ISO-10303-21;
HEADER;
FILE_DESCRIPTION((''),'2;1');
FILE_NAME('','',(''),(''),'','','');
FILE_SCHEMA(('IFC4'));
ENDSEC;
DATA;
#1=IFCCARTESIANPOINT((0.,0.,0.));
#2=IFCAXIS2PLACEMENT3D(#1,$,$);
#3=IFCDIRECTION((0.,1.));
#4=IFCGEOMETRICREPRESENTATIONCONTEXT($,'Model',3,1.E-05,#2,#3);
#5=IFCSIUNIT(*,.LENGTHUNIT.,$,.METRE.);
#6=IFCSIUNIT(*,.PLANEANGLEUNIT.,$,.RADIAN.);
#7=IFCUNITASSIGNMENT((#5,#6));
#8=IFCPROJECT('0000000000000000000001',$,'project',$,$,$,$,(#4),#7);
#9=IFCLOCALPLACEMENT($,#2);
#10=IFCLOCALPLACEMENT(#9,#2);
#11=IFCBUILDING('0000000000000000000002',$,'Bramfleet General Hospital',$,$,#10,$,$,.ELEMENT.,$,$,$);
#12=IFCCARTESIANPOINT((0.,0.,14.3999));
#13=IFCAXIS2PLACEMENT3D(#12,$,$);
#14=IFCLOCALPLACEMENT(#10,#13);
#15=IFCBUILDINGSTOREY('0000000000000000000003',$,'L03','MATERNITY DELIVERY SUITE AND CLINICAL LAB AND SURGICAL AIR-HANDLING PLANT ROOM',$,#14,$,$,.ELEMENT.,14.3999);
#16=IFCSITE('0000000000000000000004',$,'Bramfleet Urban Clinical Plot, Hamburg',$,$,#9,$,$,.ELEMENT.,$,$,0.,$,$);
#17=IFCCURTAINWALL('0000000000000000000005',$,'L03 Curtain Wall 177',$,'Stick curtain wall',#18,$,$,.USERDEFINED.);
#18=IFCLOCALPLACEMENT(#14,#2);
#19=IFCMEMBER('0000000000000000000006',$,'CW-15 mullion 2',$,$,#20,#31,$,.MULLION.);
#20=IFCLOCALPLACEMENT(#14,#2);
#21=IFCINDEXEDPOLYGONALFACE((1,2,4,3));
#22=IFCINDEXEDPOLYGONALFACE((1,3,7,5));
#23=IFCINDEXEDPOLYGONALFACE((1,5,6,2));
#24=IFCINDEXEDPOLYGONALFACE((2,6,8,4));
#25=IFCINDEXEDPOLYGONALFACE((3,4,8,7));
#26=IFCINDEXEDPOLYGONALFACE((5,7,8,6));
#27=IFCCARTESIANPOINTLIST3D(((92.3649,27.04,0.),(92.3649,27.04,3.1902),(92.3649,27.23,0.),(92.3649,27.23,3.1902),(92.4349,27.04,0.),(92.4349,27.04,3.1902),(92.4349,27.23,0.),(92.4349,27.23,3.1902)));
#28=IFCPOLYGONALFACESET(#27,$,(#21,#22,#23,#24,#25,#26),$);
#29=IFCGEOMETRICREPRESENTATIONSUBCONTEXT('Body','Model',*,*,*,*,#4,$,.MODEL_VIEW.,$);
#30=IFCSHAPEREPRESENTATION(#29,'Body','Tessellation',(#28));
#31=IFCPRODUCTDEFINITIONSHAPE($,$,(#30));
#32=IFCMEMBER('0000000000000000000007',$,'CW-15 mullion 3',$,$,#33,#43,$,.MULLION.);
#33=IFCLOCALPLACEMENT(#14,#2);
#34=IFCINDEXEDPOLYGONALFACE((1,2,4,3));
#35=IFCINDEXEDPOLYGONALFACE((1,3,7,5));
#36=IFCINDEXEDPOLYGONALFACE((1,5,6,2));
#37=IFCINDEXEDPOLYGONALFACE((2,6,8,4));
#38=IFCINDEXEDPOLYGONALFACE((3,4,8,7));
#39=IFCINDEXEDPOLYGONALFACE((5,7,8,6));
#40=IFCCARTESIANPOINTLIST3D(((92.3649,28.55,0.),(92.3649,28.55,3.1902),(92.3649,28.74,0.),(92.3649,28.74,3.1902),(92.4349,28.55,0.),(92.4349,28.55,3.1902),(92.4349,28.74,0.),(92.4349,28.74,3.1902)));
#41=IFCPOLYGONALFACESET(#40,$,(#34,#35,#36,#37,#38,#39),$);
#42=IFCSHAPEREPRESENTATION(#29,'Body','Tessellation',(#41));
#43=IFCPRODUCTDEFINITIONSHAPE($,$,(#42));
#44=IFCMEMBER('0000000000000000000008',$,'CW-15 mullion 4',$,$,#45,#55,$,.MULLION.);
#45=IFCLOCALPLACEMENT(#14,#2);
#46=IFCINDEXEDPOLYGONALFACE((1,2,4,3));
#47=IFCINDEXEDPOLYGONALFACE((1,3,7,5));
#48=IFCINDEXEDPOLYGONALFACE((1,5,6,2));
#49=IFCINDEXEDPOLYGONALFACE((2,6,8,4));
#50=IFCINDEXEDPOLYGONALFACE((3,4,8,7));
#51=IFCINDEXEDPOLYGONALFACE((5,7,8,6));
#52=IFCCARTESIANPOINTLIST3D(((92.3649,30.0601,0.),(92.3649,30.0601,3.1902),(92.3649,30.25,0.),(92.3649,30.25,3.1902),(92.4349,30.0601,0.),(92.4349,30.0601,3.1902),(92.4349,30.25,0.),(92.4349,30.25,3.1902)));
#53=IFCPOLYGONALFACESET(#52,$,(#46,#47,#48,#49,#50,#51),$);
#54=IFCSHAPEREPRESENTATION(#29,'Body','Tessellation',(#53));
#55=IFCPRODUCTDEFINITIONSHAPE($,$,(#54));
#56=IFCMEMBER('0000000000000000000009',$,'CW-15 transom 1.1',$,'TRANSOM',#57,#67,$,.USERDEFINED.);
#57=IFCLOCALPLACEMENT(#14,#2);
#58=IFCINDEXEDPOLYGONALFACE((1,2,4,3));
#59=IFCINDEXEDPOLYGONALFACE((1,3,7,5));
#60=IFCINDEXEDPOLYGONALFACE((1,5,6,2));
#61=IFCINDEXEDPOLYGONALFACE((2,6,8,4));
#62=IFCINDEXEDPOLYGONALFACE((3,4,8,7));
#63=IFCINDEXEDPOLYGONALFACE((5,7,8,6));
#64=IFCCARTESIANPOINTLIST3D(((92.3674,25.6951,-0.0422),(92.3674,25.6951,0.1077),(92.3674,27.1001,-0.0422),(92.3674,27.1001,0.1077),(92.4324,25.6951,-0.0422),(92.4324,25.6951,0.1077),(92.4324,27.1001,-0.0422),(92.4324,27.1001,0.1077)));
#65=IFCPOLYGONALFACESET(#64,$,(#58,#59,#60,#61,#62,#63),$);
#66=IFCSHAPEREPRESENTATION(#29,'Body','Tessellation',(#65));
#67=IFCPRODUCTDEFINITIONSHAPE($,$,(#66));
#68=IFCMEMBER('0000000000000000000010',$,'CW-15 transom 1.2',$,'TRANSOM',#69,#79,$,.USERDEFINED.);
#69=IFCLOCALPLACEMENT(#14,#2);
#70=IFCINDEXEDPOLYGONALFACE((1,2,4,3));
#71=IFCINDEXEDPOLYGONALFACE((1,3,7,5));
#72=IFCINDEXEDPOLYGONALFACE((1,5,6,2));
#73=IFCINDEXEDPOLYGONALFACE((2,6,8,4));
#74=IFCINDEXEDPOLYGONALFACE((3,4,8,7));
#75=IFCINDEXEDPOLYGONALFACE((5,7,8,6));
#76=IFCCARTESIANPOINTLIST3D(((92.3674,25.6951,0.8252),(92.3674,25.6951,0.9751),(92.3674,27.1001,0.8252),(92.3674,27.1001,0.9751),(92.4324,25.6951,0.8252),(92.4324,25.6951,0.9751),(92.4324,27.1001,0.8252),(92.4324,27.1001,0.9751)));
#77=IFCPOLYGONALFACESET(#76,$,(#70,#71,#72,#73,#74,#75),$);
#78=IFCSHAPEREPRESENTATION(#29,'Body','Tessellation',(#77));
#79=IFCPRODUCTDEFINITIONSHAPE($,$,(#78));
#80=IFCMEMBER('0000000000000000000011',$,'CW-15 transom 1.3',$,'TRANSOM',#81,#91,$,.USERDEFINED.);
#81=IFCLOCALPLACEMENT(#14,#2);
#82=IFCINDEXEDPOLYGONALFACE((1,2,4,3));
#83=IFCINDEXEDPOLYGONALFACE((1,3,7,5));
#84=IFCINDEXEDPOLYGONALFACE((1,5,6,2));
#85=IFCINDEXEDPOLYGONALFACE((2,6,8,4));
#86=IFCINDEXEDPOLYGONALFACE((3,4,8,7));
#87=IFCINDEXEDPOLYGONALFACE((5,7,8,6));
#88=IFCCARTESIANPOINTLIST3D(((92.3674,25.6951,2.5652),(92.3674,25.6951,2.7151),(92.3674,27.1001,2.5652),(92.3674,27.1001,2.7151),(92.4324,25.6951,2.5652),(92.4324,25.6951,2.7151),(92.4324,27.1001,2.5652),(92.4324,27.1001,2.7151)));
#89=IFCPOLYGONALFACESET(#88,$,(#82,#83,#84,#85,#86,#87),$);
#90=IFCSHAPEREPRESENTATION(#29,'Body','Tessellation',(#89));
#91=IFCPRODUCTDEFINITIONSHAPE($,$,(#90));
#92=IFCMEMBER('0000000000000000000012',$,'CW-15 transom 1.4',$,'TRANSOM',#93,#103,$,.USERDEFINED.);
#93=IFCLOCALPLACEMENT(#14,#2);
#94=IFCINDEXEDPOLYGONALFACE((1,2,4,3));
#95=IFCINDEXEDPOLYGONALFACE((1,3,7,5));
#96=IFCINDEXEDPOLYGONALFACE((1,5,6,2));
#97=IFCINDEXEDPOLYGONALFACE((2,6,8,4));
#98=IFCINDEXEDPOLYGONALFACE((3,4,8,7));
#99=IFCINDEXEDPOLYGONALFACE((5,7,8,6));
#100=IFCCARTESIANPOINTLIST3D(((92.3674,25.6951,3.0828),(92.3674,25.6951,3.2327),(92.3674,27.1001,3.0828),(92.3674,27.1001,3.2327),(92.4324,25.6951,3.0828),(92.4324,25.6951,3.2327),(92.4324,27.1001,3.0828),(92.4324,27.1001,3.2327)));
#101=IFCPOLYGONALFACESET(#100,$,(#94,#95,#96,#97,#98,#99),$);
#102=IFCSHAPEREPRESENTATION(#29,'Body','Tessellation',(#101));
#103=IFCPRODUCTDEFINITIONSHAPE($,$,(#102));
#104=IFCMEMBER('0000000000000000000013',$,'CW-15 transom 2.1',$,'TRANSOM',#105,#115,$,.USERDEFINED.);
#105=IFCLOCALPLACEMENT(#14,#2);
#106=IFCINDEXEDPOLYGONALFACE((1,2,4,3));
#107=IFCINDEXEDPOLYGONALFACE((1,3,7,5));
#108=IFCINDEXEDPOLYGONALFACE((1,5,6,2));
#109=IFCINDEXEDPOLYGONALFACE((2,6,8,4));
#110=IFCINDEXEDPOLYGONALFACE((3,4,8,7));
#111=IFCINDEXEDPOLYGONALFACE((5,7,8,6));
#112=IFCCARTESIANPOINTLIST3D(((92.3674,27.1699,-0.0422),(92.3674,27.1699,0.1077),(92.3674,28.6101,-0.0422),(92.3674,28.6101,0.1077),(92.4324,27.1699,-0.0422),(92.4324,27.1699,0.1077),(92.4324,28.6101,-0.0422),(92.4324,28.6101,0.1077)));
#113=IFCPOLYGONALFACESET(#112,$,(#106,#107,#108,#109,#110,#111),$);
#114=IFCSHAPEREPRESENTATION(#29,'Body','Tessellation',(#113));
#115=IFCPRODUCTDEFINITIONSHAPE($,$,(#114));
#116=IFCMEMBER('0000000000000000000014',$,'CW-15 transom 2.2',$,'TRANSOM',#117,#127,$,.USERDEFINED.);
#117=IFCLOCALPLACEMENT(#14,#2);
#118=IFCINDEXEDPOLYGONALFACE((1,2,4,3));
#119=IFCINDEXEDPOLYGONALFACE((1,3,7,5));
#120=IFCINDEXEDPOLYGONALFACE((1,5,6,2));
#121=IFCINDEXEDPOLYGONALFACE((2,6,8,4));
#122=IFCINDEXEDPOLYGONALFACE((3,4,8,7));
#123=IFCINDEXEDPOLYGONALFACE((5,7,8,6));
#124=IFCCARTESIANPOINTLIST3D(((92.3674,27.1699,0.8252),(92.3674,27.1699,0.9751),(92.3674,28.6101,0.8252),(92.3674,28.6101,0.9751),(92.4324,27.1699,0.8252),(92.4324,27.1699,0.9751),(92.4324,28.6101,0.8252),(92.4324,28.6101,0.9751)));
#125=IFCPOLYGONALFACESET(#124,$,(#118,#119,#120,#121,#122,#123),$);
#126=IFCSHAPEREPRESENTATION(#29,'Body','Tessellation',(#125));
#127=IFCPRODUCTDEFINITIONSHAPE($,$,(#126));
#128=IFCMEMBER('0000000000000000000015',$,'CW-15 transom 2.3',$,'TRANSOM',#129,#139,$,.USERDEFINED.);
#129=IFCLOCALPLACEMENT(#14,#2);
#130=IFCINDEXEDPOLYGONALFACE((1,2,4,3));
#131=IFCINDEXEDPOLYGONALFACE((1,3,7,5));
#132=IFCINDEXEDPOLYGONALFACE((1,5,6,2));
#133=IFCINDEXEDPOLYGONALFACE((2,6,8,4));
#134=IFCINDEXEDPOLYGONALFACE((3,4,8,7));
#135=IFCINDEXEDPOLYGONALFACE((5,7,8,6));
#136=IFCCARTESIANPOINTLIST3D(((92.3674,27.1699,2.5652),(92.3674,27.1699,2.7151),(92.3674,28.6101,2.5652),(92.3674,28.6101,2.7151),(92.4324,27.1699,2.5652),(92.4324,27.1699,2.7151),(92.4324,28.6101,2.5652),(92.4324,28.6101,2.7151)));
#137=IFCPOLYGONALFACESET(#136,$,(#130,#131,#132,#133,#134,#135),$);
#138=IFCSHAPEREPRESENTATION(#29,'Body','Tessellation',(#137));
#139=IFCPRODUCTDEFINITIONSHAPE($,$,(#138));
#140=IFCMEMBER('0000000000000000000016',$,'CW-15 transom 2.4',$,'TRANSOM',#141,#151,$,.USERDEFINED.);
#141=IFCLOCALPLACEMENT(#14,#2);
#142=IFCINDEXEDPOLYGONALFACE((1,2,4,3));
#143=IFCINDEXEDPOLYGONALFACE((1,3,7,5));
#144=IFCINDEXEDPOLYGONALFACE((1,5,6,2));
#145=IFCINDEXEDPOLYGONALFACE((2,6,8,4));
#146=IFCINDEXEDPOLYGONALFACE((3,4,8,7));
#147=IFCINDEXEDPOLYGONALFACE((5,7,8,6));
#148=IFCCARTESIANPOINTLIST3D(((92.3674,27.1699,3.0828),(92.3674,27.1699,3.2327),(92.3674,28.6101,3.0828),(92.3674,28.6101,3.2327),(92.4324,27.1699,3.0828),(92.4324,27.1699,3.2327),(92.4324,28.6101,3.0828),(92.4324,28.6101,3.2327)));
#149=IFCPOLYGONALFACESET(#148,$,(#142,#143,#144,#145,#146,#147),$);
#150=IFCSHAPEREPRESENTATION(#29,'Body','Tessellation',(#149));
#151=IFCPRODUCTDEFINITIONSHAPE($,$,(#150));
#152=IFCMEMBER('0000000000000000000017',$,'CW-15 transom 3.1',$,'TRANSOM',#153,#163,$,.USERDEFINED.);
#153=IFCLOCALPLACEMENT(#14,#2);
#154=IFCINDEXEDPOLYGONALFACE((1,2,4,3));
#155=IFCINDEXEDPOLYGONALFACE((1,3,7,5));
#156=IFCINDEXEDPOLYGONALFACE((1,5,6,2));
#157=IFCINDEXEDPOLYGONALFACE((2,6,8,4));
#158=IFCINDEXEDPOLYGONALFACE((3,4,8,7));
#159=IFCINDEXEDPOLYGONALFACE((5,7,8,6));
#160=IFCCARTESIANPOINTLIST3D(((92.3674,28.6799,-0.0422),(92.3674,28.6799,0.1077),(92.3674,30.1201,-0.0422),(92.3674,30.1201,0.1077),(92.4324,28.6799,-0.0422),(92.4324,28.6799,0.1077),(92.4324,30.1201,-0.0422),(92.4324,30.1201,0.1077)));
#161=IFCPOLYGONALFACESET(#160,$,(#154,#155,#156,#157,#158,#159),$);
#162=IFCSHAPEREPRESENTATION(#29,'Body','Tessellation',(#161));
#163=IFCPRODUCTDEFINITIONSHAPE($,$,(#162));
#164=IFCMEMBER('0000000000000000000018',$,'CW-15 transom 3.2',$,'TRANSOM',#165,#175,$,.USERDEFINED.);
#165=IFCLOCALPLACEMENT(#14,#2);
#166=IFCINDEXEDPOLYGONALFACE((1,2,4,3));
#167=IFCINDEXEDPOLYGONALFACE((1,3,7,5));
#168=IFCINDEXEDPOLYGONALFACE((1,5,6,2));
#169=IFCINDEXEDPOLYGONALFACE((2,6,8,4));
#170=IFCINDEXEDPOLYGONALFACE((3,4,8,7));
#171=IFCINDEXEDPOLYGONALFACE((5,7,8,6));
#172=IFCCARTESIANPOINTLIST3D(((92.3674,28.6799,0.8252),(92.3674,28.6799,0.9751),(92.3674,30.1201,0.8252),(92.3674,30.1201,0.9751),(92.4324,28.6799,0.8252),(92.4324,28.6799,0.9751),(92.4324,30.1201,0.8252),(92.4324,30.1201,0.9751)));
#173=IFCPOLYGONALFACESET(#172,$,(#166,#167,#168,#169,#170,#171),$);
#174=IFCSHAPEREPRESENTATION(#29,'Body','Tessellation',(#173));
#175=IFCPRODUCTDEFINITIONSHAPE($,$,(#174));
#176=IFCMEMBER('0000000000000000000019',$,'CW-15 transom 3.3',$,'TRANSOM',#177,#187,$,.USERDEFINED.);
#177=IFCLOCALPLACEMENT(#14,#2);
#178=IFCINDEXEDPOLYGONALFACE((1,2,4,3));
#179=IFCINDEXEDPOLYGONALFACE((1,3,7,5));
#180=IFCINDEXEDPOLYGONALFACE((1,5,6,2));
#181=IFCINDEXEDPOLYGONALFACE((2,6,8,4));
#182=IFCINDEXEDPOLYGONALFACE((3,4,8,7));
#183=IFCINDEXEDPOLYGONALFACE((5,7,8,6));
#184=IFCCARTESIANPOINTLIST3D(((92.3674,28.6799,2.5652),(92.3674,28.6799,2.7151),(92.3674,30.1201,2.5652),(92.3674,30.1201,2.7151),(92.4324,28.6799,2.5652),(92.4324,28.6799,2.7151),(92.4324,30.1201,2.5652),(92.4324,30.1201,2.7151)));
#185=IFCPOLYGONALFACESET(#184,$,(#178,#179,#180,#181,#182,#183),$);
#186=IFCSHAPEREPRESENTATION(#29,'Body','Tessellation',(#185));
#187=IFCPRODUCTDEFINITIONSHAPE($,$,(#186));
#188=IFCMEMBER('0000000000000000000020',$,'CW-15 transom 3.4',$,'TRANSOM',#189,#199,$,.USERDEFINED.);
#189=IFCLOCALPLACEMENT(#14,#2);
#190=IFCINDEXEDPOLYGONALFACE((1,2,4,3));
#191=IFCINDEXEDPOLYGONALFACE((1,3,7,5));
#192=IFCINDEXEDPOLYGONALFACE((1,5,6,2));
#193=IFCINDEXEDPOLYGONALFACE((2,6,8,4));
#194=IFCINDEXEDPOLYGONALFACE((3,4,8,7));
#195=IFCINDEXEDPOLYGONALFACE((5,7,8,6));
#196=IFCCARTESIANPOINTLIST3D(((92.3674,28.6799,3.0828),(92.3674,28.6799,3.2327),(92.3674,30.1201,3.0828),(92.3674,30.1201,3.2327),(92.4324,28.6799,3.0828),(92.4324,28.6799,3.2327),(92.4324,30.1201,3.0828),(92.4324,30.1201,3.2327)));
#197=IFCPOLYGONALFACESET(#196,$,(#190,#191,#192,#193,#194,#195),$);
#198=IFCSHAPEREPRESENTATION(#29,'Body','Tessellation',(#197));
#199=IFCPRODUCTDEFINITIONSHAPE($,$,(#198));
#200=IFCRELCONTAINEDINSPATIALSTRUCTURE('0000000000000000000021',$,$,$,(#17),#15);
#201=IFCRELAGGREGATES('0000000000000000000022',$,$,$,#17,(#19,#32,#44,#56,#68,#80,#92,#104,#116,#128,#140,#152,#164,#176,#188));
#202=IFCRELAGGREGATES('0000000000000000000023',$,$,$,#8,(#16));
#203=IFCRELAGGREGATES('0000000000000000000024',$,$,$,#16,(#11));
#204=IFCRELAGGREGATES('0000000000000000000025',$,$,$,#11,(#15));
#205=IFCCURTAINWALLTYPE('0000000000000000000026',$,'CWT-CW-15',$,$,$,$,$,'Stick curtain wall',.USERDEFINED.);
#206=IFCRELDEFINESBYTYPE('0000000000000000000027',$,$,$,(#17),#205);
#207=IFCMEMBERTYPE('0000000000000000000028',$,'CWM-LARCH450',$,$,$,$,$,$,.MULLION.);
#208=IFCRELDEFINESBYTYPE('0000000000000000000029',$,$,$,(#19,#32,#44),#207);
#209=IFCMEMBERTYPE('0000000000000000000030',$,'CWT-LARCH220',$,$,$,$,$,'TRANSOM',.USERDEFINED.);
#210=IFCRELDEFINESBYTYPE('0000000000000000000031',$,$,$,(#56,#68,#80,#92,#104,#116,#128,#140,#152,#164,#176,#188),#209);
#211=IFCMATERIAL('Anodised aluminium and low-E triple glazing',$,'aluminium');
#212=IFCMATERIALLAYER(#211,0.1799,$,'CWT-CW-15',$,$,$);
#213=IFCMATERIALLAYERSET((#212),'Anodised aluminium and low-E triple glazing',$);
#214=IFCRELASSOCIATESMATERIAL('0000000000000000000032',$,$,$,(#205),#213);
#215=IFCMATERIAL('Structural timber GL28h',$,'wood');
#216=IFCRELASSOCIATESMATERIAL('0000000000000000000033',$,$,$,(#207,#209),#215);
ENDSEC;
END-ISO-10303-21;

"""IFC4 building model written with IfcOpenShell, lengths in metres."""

from ifc_helpers import new_model, si_unit, direction, frame, origin, origin_2d, place, context, subcontext, project, spatial, rectangle, extrude, material, layer, layer_set, material_profile, profile_set, type_object, element, aggregate, save


model = new_model("IFC4")

# Units and contexts
model_context = context("Model", 3, precision=1e-05, world=origin(), true_north=direction((0.0, 1.0)))
body_context = subcontext(model_context, "Body", "Model", "MODEL_VIEW")
ifc_project = project(units=[si_unit("LENGTHUNIT", "METRE"), si_unit("PLANEANGLEUNIT", "RADIAN")], contexts=[model_context])

# Site, building, storey
site_placement = place(None, origin())
site = spatial("IfcSite", under=ifc_project, at=site_placement, Name="Bramfleet Urban Clinical Plot, Hamburg", CompositionType="ELEMENT", RefElevation=0.0)
building_placement = place(site_placement, origin())
building = spatial("IfcBuilding", under=site, at=building_placement, Name="Bramfleet General Hospital", CompositionType="ELEMENT")
storey_placement = place(building_placement, frame((0.0, 0.0, 14.3999)))
storey = spatial("IfcBuildingStorey", under=building, at=storey_placement, Name="L03", Description="MATERNITY DELIVERY SUITE AND CLINICAL LAB AND SURGICAL AIR-HANDLING PLANT ROOM", CompositionType="ELEMENT", Elevation=14.3999)

# Curtain wall, members
ifc_material_1 = material(Name="Anodised aluminium and low-E triple glazing", Category="aluminium")
ifc_layer_1 = layer(ifc_material_1, 0.1799, Name="CWT-CW-15")
ifc_layer_set_1 = layer_set([ifc_layer_1], Name="Anodised aluminium and low-E triple glazing")
curtain_wall_type = type_object("IfcCurtainWallType", Name="CWT-CW-15", ElementType="Stick curtain wall", PredefinedType="USERDEFINED", material=ifc_layer_set_1)
curtain_wall_placement = place(storey_placement, origin())
curtain_wall = element("IfcCurtainWall", 1, at=curtain_wall_placement, inside=storey, type_object=curtain_wall_type, Name="L03 Curtain Wall 177", ObjectType="Stick curtain wall", PredefinedType="USERDEFINED")
ifc_material_2 = material(Name="Structural timber GL28h", Category="wood")
ifc_material_profile_1 = material_profile(ifc_material_2, rectangle(XDim=0.0701, YDim=0.1899, at=origin_2d()), Name="LARCH 190x70")
ifc_profile_set_1 = profile_set([ifc_material_profile_1], Name="Structural timber GL28h")
member_type_1 = type_object("IfcMemberType", Name="CWM-LARCH450", PredefinedType="MULLION", material=ifc_profile_set_1)
member_1_placement = place(storey_placement, frame((92.3999, 27.135, 0.0), z_axis=(0.0, 0.0, 1.0), x_axis=(-1.0, 0.0, 0.0)))
member_1 = element("IfcMember", 2, at=member_1_placement, type_object=member_type_1, Name="CW-15 mullion 2", PredefinedType="MULLION", context=body_context, shape_type="SweptSolid", body=[
    extrude(rectangle(XDim=0.0701, YDim=0.1899, at=origin_2d()), origin(), (0.0, 0.0, 1.0), 3.1902),
])
member_2_placement = place(storey_placement, frame((92.3999, 28.645, 0.0), z_axis=(0.0, 0.0, 1.0), x_axis=(-1.0, 0.0, 0.0)))
member_2 = element("IfcMember", 3, at=member_2_placement, type_object=member_type_1, Name="CW-15 mullion 3", PredefinedType="MULLION", context=body_context, shape_type="SweptSolid", body=[
    extrude(rectangle(XDim=0.0701, YDim=0.1899, at=origin_2d()), origin(), (0.0, 0.0, 1.0), 3.1902),
])
member_3_placement = place(storey_placement, frame((92.3999, 30.155, 0.0), z_axis=(0.0, 0.0, 1.0), x_axis=(-1.0, 0.0, 0.0)))
member_3 = element("IfcMember", 4, at=member_3_placement, type_object=member_type_1, Name="CW-15 mullion 4", PredefinedType="MULLION", context=body_context, shape_type="SweptSolid", body=[
    extrude(rectangle(XDim=0.0701, YDim=0.1899, at=origin_2d()), origin(), (0.0, 0.0, 1.0), 3.1902),
])
ifc_material_profile_2 = material_profile(ifc_material_2, rectangle(XDim=0.0649, YDim=0.1499, at=origin_2d()), Name="LARCH 150x65")
ifc_profile_set_2 = profile_set([ifc_material_profile_2], Name="Structural timber GL28h")
member_type_2 = type_object("IfcMemberType", Name="CWT-LARCH220", ElementType="TRANSOM", PredefinedType="USERDEFINED", material=ifc_profile_set_2)
member_4_placement = place(storey_placement, frame((92.3999, 25.6951, 0.0327), z_axis=(0.0, 1.0, 0.0), x_axis=(-1.0, 0.0, 0.0)))
member_4 = element("IfcMember", 5, at=member_4_placement, type_object=member_type_2, Name="CW-15 transom 1.1", ObjectType="TRANSOM", PredefinedType="USERDEFINED", context=body_context, shape_type="SweptSolid", body=[
    extrude(rectangle(XDim=0.0649, YDim=0.1499, at=origin_2d()), origin(), (0.0, 0.0, 1.0), 1.405),
])
member_5_placement = place(storey_placement, frame((92.3999, 25.6951, 0.9001), z_axis=(0.0, 1.0, 0.0), x_axis=(-1.0, 0.0, 0.0)))
member_5 = element("IfcMember", 6, at=member_5_placement, type_object=member_type_2, Name="CW-15 transom 1.2", ObjectType="TRANSOM", PredefinedType="USERDEFINED", context=body_context, shape_type="SweptSolid", body=[
    extrude(rectangle(XDim=0.0649, YDim=0.1499, at=origin_2d()), origin(), (0.0, 0.0, 1.0), 1.405),
])
member_6_placement = place(storey_placement, frame((92.3999, 25.6951, 2.6401), z_axis=(0.0, 1.0, 0.0), x_axis=(-1.0, 0.0, 0.0)))
member_6 = element("IfcMember", 7, at=member_6_placement, type_object=member_type_2, Name="CW-15 transom 1.3", ObjectType="TRANSOM", PredefinedType="USERDEFINED", context=body_context, shape_type="SweptSolid", body=[
    extrude(rectangle(XDim=0.0649, YDim=0.1499, at=origin_2d()), origin(), (0.0, 0.0, 1.0), 1.405),
])
member_7_placement = place(storey_placement, frame((92.3999, 25.6951, 3.1577), z_axis=(0.0, 1.0, 0.0), x_axis=(-1.0, 0.0, 0.0)))
member_7 = element("IfcMember", 8, at=member_7_placement, type_object=member_type_2, Name="CW-15 transom 1.4", ObjectType="TRANSOM", PredefinedType="USERDEFINED", context=body_context, shape_type="SweptSolid", body=[
    extrude(rectangle(XDim=0.0649, YDim=0.1499, at=origin_2d()), origin(), (0.0, 0.0, 1.0), 1.405),
])
member_8_placement = place(storey_placement, frame((92.3999, 27.1699, 0.0327), z_axis=(0.0, 1.0, 0.0), x_axis=(-1.0, 0.0, 0.0)))
member_8 = element("IfcMember", 9, at=member_8_placement, type_object=member_type_2, Name="CW-15 transom 2.1", ObjectType="TRANSOM", PredefinedType="USERDEFINED", context=body_context, shape_type="SweptSolid", body=[
    extrude(rectangle(XDim=0.0649, YDim=0.1499, at=origin_2d()), origin(), (0.0, 0.0, 1.0), 1.4402),
])
member_9_placement = place(storey_placement, frame((92.3999, 27.1699, 0.9001), z_axis=(0.0, 1.0, 0.0), x_axis=(-1.0, 0.0, 0.0)))
member_9 = element("IfcMember", 10, at=member_9_placement, type_object=member_type_2, Name="CW-15 transom 2.2", ObjectType="TRANSOM", PredefinedType="USERDEFINED", context=body_context, shape_type="SweptSolid", body=[
    extrude(rectangle(XDim=0.0649, YDim=0.1499, at=origin_2d()), origin(), (0.0, 0.0, 1.0), 1.4402),
])
member_10_placement = place(storey_placement, frame((92.3999, 27.1699, 2.6401), z_axis=(0.0, 1.0, 0.0), x_axis=(-1.0, 0.0, 0.0)))
member_10 = element("IfcMember", 11, at=member_10_placement, type_object=member_type_2, Name="CW-15 transom 2.3", ObjectType="TRANSOM", PredefinedType="USERDEFINED", context=body_context, shape_type="SweptSolid", body=[
    extrude(rectangle(XDim=0.0649, YDim=0.1499, at=origin_2d()), origin(), (0.0, 0.0, 1.0), 1.4402),
])
member_11_placement = place(storey_placement, frame((92.3999, 27.1699, 3.1577), z_axis=(0.0, 1.0, 0.0), x_axis=(-1.0, 0.0, 0.0)))
member_11 = element("IfcMember", 12, at=member_11_placement, type_object=member_type_2, Name="CW-15 transom 2.4", ObjectType="TRANSOM", PredefinedType="USERDEFINED", context=body_context, shape_type="SweptSolid", body=[
    extrude(rectangle(XDim=0.0649, YDim=0.1499, at=origin_2d()), origin(), (0.0, 0.0, 1.0), 1.4402),
])
member_12_placement = place(storey_placement, frame((92.3999, 28.6799, 0.0327), z_axis=(0.0, 1.0, 0.0), x_axis=(-1.0, 0.0, 0.0)))
member_12 = element("IfcMember", 13, at=member_12_placement, type_object=member_type_2, Name="CW-15 transom 3.1", ObjectType="TRANSOM", PredefinedType="USERDEFINED", context=body_context, shape_type="SweptSolid", body=[
    extrude(rectangle(XDim=0.0649, YDim=0.1499, at=origin_2d()), origin(), (0.0, 0.0, 1.0), 1.4402),
])
member_13_placement = place(storey_placement, frame((92.3999, 28.6799, 0.9001), z_axis=(0.0, 1.0, 0.0), x_axis=(-1.0, 0.0, 0.0)))
member_13 = element("IfcMember", 14, at=member_13_placement, type_object=member_type_2, Name="CW-15 transom 3.2", ObjectType="TRANSOM", PredefinedType="USERDEFINED", context=body_context, shape_type="SweptSolid", body=[
    extrude(rectangle(XDim=0.0649, YDim=0.1499, at=origin_2d()), origin(), (0.0, 0.0, 1.0), 1.4402),
])
member_14_placement = place(storey_placement, frame((92.3999, 28.6799, 2.6401), z_axis=(0.0, 1.0, 0.0), x_axis=(-1.0, 0.0, 0.0)))
member_14 = element("IfcMember", 15, at=member_14_placement, type_object=member_type_2, Name="CW-15 transom 3.3", ObjectType="TRANSOM", PredefinedType="USERDEFINED", context=body_context, shape_type="SweptSolid", body=[
    extrude(rectangle(XDim=0.0649, YDim=0.1499, at=origin_2d()), origin(), (0.0, 0.0, 1.0), 1.4402),
])
member_15_placement = place(storey_placement, frame((92.3999, 28.6799, 3.1577), z_axis=(0.0, 1.0, 0.0), x_axis=(-1.0, 0.0, 0.0)))
member_15 = element("IfcMember", 16, at=member_15_placement, type_object=member_type_2, Name="CW-15 transom 3.4", ObjectType="TRANSOM", PredefinedType="USERDEFINED", context=body_context, shape_type="SweptSolid", body=[
    extrude(rectangle(XDim=0.0649, YDim=0.1499, at=origin_2d()), origin(), (0.0, 0.0, 1.0), 1.4402),
])
aggregate(curtain_wall, [member_1, member_2, member_3, member_4, member_5, member_6, member_7, member_8, member_9, member_10, member_11, member_12, member_13, member_14, member_15])

save(model, "model.ifc")
